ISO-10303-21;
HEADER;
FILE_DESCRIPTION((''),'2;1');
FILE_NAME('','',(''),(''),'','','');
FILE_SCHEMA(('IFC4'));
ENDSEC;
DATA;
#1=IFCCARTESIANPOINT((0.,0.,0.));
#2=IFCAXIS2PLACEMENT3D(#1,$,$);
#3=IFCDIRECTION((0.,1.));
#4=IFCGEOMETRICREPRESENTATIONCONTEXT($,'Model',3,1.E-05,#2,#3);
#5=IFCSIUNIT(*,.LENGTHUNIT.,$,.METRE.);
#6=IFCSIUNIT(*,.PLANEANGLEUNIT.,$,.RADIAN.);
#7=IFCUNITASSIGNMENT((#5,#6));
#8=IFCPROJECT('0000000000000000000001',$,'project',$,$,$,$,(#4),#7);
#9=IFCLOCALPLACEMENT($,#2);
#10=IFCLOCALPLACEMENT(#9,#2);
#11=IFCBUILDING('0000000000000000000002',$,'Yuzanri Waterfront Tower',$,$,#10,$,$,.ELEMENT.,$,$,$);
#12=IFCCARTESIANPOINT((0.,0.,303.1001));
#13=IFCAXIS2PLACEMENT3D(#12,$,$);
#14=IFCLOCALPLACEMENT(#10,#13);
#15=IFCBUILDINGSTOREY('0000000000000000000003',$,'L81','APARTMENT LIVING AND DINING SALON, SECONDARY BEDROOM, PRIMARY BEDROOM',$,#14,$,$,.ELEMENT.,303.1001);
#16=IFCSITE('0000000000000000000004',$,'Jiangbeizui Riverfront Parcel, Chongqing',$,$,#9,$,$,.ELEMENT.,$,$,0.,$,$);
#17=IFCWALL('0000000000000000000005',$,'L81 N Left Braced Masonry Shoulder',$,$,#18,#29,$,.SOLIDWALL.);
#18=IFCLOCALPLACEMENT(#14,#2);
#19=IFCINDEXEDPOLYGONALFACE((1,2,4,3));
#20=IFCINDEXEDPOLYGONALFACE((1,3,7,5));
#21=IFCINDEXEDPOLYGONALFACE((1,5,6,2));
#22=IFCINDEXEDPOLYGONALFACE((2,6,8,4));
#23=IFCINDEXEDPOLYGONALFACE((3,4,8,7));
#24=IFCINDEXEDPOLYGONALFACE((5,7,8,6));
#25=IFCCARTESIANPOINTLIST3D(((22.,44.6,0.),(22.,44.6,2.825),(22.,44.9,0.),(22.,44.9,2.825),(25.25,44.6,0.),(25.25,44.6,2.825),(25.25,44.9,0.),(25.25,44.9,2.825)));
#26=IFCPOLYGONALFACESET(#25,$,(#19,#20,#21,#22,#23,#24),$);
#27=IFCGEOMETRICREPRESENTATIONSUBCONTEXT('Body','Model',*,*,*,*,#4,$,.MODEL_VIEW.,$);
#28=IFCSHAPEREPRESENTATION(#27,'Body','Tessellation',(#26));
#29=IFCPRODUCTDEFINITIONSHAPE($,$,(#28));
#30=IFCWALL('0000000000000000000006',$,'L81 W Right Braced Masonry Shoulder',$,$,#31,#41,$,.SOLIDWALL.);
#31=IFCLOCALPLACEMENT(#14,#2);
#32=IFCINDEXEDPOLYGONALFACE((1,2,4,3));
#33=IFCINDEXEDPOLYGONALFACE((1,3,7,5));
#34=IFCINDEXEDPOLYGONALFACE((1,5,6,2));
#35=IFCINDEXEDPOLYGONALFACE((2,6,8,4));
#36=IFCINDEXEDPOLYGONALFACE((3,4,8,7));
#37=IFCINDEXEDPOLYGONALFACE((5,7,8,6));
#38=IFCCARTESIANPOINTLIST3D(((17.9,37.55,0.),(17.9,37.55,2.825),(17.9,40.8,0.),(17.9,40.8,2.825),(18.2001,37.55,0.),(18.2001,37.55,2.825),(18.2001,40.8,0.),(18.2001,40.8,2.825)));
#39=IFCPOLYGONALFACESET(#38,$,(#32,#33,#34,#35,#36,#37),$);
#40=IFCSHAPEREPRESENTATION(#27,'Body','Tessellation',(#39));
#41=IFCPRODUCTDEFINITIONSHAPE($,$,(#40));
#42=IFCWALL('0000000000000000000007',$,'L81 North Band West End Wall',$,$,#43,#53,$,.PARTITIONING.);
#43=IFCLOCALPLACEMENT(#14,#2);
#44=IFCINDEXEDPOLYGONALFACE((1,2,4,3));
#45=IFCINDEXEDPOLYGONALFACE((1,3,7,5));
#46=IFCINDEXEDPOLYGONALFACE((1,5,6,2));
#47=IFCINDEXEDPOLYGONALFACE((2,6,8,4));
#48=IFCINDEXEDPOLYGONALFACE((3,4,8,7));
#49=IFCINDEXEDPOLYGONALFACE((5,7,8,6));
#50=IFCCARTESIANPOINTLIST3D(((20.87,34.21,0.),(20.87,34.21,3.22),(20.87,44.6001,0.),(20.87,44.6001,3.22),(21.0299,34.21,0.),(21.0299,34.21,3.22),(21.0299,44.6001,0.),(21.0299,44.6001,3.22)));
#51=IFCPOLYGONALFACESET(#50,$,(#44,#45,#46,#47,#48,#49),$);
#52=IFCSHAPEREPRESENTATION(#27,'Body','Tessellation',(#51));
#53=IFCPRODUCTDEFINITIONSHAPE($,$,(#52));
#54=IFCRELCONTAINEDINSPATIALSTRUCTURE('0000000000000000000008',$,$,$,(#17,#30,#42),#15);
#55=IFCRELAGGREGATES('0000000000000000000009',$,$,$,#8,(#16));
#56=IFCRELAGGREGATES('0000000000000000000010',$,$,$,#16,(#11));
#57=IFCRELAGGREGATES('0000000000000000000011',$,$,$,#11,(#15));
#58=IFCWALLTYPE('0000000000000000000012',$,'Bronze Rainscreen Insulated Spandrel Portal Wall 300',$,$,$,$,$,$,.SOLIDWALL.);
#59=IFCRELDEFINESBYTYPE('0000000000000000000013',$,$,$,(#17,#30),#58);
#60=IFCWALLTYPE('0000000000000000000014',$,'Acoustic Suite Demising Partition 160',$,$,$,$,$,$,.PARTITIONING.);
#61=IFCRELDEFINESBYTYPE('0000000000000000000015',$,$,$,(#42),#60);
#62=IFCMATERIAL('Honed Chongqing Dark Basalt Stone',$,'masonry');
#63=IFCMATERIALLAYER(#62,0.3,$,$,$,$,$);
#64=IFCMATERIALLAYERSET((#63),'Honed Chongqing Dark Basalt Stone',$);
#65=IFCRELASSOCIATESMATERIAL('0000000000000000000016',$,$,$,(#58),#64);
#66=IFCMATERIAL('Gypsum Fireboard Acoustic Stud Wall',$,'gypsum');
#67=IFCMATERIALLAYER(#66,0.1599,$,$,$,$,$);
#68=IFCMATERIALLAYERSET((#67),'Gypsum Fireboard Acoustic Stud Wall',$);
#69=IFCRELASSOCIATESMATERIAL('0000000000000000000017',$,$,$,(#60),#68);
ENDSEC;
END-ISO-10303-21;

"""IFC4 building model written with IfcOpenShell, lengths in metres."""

from ifc_helpers import new_model, si_unit, direction, frame, frame_2d, origin, place, context, subcontext, project, spatial, rectangle, extrude, source, transform, mapped, material, layer, layer_set, type_object, element, save


model = new_model("IFC4")

# Units and contexts
model_context = context("Model", 3, precision=1e-05, world=origin(), true_north=direction((0.0, 1.0)))
body_context = subcontext(model_context, "Body", "Model", "MODEL_VIEW")
ifc_project = project(units=[si_unit("LENGTHUNIT", "METRE"), si_unit("PLANEANGLEUNIT", "RADIAN")], contexts=[model_context])

# Site, building, storey
site_placement = place(None, origin())
site = spatial("IfcSite", under=ifc_project, at=site_placement, Name="Jiangbeizui Riverfront Parcel, Chongqing", CompositionType="ELEMENT", RefElevation=0.0)
building_placement = place(site_placement, origin())
building = spatial("IfcBuilding", under=site, at=building_placement, Name="Yuzanri Waterfront Tower", CompositionType="ELEMENT")
storey_placement = place(building_placement, frame((0.0, 0.0, 303.1001)))
storey = spatial("IfcBuildingStorey", under=building, at=storey_placement, Name="L81", Description="APARTMENT LIVING AND DINING SALON, SECONDARY BEDROOM, PRIMARY BEDROOM", CompositionType="ELEMENT", Elevation=303.1001)

# Shared definitions
ifc_material_1 = material(Name="Honed Chongqing Dark Basalt Stone", Category="masonry")
ifc_layer_1 = layer(ifc_material_1, 0.3)
ifc_layer_set_1 = layer_set([ifc_layer_1], Name="Honed Chongqing Dark Basalt Stone")
wall_type_1 = type_object("IfcWallType", Name="Bronze Rainscreen Insulated Spandrel Portal Wall 300", PredefinedType="SOLIDWALL", material=ifc_layer_set_1)

# Walls
shared_shape_1 = source(origin(), body_context, "Body", "SweptSolid", [
    extrude(rectangle(XDim=3.25, YDim=0.3, at=frame_2d((1.625, 0.0))), origin(), (0.0, 0.0, 1.0), 2.825),
])
for number, where, z_axis, x_axis, name in (
    (1, (22.0, 44.75, 0.0), (0.0, 0.0, 1.0), (1.0, 0.0, 0.0), "L81 N Left Braced Masonry Shoulder"),
    (2, (18.05, 37.55, 0.0), (0.0, 0.0, 1.0), (0.0, 1.0, 0.0), "L81 W Right Braced Masonry Shoulder"),
):
    element("IfcWall", number, at=place(storey_placement, frame(where, z_axis=z_axis, x_axis=x_axis)), inside=storey, type_object=wall_type_1, Name=name, PredefinedType="SOLIDWALL", context=body_context, shape_type="MappedRepresentation", body=[
        mapped(shared_shape_1, transform((0.0, 0.0, 0.0), scale=1.0)),
    ])
ifc_material_2 = material(Name="Gypsum Fireboard Acoustic Stud Wall", Category="gypsum")
ifc_layer_2 = layer(ifc_material_2, 0.1599)
ifc_layer_set_2 = layer_set([ifc_layer_2], Name="Gypsum Fireboard Acoustic Stud Wall")
wall_type_2 = type_object("IfcWallType", Name="Acoustic Suite Demising Partition 160", PredefinedType="PARTITIONING", material=ifc_layer_set_2)
shared_shape_2 = source(origin(), body_context, "Body", "SweptSolid", [
    extrude(rectangle(XDim=10.3901, YDim=0.1599, at=frame_2d((5.1951, 0.0))), origin(), (0.0, 0.0, 1.0), 3.22),
])
wall_1_placement = place(storey_placement, frame((20.95, 34.21, 0.0), z_axis=(0.0, 0.0, 1.0), x_axis=(0.0, 1.0, 0.0)))
element("IfcWall", 3, at=wall_1_placement, inside=storey, type_object=wall_type_2, Name="L81 North Band West End Wall", PredefinedType="PARTITIONING", context=body_context, shape_type="MappedRepresentation", body=[
    mapped(shared_shape_2, transform((0.0, 0.0, 0.0), scale=1.0)),
])

save(model, "model.ifc")
